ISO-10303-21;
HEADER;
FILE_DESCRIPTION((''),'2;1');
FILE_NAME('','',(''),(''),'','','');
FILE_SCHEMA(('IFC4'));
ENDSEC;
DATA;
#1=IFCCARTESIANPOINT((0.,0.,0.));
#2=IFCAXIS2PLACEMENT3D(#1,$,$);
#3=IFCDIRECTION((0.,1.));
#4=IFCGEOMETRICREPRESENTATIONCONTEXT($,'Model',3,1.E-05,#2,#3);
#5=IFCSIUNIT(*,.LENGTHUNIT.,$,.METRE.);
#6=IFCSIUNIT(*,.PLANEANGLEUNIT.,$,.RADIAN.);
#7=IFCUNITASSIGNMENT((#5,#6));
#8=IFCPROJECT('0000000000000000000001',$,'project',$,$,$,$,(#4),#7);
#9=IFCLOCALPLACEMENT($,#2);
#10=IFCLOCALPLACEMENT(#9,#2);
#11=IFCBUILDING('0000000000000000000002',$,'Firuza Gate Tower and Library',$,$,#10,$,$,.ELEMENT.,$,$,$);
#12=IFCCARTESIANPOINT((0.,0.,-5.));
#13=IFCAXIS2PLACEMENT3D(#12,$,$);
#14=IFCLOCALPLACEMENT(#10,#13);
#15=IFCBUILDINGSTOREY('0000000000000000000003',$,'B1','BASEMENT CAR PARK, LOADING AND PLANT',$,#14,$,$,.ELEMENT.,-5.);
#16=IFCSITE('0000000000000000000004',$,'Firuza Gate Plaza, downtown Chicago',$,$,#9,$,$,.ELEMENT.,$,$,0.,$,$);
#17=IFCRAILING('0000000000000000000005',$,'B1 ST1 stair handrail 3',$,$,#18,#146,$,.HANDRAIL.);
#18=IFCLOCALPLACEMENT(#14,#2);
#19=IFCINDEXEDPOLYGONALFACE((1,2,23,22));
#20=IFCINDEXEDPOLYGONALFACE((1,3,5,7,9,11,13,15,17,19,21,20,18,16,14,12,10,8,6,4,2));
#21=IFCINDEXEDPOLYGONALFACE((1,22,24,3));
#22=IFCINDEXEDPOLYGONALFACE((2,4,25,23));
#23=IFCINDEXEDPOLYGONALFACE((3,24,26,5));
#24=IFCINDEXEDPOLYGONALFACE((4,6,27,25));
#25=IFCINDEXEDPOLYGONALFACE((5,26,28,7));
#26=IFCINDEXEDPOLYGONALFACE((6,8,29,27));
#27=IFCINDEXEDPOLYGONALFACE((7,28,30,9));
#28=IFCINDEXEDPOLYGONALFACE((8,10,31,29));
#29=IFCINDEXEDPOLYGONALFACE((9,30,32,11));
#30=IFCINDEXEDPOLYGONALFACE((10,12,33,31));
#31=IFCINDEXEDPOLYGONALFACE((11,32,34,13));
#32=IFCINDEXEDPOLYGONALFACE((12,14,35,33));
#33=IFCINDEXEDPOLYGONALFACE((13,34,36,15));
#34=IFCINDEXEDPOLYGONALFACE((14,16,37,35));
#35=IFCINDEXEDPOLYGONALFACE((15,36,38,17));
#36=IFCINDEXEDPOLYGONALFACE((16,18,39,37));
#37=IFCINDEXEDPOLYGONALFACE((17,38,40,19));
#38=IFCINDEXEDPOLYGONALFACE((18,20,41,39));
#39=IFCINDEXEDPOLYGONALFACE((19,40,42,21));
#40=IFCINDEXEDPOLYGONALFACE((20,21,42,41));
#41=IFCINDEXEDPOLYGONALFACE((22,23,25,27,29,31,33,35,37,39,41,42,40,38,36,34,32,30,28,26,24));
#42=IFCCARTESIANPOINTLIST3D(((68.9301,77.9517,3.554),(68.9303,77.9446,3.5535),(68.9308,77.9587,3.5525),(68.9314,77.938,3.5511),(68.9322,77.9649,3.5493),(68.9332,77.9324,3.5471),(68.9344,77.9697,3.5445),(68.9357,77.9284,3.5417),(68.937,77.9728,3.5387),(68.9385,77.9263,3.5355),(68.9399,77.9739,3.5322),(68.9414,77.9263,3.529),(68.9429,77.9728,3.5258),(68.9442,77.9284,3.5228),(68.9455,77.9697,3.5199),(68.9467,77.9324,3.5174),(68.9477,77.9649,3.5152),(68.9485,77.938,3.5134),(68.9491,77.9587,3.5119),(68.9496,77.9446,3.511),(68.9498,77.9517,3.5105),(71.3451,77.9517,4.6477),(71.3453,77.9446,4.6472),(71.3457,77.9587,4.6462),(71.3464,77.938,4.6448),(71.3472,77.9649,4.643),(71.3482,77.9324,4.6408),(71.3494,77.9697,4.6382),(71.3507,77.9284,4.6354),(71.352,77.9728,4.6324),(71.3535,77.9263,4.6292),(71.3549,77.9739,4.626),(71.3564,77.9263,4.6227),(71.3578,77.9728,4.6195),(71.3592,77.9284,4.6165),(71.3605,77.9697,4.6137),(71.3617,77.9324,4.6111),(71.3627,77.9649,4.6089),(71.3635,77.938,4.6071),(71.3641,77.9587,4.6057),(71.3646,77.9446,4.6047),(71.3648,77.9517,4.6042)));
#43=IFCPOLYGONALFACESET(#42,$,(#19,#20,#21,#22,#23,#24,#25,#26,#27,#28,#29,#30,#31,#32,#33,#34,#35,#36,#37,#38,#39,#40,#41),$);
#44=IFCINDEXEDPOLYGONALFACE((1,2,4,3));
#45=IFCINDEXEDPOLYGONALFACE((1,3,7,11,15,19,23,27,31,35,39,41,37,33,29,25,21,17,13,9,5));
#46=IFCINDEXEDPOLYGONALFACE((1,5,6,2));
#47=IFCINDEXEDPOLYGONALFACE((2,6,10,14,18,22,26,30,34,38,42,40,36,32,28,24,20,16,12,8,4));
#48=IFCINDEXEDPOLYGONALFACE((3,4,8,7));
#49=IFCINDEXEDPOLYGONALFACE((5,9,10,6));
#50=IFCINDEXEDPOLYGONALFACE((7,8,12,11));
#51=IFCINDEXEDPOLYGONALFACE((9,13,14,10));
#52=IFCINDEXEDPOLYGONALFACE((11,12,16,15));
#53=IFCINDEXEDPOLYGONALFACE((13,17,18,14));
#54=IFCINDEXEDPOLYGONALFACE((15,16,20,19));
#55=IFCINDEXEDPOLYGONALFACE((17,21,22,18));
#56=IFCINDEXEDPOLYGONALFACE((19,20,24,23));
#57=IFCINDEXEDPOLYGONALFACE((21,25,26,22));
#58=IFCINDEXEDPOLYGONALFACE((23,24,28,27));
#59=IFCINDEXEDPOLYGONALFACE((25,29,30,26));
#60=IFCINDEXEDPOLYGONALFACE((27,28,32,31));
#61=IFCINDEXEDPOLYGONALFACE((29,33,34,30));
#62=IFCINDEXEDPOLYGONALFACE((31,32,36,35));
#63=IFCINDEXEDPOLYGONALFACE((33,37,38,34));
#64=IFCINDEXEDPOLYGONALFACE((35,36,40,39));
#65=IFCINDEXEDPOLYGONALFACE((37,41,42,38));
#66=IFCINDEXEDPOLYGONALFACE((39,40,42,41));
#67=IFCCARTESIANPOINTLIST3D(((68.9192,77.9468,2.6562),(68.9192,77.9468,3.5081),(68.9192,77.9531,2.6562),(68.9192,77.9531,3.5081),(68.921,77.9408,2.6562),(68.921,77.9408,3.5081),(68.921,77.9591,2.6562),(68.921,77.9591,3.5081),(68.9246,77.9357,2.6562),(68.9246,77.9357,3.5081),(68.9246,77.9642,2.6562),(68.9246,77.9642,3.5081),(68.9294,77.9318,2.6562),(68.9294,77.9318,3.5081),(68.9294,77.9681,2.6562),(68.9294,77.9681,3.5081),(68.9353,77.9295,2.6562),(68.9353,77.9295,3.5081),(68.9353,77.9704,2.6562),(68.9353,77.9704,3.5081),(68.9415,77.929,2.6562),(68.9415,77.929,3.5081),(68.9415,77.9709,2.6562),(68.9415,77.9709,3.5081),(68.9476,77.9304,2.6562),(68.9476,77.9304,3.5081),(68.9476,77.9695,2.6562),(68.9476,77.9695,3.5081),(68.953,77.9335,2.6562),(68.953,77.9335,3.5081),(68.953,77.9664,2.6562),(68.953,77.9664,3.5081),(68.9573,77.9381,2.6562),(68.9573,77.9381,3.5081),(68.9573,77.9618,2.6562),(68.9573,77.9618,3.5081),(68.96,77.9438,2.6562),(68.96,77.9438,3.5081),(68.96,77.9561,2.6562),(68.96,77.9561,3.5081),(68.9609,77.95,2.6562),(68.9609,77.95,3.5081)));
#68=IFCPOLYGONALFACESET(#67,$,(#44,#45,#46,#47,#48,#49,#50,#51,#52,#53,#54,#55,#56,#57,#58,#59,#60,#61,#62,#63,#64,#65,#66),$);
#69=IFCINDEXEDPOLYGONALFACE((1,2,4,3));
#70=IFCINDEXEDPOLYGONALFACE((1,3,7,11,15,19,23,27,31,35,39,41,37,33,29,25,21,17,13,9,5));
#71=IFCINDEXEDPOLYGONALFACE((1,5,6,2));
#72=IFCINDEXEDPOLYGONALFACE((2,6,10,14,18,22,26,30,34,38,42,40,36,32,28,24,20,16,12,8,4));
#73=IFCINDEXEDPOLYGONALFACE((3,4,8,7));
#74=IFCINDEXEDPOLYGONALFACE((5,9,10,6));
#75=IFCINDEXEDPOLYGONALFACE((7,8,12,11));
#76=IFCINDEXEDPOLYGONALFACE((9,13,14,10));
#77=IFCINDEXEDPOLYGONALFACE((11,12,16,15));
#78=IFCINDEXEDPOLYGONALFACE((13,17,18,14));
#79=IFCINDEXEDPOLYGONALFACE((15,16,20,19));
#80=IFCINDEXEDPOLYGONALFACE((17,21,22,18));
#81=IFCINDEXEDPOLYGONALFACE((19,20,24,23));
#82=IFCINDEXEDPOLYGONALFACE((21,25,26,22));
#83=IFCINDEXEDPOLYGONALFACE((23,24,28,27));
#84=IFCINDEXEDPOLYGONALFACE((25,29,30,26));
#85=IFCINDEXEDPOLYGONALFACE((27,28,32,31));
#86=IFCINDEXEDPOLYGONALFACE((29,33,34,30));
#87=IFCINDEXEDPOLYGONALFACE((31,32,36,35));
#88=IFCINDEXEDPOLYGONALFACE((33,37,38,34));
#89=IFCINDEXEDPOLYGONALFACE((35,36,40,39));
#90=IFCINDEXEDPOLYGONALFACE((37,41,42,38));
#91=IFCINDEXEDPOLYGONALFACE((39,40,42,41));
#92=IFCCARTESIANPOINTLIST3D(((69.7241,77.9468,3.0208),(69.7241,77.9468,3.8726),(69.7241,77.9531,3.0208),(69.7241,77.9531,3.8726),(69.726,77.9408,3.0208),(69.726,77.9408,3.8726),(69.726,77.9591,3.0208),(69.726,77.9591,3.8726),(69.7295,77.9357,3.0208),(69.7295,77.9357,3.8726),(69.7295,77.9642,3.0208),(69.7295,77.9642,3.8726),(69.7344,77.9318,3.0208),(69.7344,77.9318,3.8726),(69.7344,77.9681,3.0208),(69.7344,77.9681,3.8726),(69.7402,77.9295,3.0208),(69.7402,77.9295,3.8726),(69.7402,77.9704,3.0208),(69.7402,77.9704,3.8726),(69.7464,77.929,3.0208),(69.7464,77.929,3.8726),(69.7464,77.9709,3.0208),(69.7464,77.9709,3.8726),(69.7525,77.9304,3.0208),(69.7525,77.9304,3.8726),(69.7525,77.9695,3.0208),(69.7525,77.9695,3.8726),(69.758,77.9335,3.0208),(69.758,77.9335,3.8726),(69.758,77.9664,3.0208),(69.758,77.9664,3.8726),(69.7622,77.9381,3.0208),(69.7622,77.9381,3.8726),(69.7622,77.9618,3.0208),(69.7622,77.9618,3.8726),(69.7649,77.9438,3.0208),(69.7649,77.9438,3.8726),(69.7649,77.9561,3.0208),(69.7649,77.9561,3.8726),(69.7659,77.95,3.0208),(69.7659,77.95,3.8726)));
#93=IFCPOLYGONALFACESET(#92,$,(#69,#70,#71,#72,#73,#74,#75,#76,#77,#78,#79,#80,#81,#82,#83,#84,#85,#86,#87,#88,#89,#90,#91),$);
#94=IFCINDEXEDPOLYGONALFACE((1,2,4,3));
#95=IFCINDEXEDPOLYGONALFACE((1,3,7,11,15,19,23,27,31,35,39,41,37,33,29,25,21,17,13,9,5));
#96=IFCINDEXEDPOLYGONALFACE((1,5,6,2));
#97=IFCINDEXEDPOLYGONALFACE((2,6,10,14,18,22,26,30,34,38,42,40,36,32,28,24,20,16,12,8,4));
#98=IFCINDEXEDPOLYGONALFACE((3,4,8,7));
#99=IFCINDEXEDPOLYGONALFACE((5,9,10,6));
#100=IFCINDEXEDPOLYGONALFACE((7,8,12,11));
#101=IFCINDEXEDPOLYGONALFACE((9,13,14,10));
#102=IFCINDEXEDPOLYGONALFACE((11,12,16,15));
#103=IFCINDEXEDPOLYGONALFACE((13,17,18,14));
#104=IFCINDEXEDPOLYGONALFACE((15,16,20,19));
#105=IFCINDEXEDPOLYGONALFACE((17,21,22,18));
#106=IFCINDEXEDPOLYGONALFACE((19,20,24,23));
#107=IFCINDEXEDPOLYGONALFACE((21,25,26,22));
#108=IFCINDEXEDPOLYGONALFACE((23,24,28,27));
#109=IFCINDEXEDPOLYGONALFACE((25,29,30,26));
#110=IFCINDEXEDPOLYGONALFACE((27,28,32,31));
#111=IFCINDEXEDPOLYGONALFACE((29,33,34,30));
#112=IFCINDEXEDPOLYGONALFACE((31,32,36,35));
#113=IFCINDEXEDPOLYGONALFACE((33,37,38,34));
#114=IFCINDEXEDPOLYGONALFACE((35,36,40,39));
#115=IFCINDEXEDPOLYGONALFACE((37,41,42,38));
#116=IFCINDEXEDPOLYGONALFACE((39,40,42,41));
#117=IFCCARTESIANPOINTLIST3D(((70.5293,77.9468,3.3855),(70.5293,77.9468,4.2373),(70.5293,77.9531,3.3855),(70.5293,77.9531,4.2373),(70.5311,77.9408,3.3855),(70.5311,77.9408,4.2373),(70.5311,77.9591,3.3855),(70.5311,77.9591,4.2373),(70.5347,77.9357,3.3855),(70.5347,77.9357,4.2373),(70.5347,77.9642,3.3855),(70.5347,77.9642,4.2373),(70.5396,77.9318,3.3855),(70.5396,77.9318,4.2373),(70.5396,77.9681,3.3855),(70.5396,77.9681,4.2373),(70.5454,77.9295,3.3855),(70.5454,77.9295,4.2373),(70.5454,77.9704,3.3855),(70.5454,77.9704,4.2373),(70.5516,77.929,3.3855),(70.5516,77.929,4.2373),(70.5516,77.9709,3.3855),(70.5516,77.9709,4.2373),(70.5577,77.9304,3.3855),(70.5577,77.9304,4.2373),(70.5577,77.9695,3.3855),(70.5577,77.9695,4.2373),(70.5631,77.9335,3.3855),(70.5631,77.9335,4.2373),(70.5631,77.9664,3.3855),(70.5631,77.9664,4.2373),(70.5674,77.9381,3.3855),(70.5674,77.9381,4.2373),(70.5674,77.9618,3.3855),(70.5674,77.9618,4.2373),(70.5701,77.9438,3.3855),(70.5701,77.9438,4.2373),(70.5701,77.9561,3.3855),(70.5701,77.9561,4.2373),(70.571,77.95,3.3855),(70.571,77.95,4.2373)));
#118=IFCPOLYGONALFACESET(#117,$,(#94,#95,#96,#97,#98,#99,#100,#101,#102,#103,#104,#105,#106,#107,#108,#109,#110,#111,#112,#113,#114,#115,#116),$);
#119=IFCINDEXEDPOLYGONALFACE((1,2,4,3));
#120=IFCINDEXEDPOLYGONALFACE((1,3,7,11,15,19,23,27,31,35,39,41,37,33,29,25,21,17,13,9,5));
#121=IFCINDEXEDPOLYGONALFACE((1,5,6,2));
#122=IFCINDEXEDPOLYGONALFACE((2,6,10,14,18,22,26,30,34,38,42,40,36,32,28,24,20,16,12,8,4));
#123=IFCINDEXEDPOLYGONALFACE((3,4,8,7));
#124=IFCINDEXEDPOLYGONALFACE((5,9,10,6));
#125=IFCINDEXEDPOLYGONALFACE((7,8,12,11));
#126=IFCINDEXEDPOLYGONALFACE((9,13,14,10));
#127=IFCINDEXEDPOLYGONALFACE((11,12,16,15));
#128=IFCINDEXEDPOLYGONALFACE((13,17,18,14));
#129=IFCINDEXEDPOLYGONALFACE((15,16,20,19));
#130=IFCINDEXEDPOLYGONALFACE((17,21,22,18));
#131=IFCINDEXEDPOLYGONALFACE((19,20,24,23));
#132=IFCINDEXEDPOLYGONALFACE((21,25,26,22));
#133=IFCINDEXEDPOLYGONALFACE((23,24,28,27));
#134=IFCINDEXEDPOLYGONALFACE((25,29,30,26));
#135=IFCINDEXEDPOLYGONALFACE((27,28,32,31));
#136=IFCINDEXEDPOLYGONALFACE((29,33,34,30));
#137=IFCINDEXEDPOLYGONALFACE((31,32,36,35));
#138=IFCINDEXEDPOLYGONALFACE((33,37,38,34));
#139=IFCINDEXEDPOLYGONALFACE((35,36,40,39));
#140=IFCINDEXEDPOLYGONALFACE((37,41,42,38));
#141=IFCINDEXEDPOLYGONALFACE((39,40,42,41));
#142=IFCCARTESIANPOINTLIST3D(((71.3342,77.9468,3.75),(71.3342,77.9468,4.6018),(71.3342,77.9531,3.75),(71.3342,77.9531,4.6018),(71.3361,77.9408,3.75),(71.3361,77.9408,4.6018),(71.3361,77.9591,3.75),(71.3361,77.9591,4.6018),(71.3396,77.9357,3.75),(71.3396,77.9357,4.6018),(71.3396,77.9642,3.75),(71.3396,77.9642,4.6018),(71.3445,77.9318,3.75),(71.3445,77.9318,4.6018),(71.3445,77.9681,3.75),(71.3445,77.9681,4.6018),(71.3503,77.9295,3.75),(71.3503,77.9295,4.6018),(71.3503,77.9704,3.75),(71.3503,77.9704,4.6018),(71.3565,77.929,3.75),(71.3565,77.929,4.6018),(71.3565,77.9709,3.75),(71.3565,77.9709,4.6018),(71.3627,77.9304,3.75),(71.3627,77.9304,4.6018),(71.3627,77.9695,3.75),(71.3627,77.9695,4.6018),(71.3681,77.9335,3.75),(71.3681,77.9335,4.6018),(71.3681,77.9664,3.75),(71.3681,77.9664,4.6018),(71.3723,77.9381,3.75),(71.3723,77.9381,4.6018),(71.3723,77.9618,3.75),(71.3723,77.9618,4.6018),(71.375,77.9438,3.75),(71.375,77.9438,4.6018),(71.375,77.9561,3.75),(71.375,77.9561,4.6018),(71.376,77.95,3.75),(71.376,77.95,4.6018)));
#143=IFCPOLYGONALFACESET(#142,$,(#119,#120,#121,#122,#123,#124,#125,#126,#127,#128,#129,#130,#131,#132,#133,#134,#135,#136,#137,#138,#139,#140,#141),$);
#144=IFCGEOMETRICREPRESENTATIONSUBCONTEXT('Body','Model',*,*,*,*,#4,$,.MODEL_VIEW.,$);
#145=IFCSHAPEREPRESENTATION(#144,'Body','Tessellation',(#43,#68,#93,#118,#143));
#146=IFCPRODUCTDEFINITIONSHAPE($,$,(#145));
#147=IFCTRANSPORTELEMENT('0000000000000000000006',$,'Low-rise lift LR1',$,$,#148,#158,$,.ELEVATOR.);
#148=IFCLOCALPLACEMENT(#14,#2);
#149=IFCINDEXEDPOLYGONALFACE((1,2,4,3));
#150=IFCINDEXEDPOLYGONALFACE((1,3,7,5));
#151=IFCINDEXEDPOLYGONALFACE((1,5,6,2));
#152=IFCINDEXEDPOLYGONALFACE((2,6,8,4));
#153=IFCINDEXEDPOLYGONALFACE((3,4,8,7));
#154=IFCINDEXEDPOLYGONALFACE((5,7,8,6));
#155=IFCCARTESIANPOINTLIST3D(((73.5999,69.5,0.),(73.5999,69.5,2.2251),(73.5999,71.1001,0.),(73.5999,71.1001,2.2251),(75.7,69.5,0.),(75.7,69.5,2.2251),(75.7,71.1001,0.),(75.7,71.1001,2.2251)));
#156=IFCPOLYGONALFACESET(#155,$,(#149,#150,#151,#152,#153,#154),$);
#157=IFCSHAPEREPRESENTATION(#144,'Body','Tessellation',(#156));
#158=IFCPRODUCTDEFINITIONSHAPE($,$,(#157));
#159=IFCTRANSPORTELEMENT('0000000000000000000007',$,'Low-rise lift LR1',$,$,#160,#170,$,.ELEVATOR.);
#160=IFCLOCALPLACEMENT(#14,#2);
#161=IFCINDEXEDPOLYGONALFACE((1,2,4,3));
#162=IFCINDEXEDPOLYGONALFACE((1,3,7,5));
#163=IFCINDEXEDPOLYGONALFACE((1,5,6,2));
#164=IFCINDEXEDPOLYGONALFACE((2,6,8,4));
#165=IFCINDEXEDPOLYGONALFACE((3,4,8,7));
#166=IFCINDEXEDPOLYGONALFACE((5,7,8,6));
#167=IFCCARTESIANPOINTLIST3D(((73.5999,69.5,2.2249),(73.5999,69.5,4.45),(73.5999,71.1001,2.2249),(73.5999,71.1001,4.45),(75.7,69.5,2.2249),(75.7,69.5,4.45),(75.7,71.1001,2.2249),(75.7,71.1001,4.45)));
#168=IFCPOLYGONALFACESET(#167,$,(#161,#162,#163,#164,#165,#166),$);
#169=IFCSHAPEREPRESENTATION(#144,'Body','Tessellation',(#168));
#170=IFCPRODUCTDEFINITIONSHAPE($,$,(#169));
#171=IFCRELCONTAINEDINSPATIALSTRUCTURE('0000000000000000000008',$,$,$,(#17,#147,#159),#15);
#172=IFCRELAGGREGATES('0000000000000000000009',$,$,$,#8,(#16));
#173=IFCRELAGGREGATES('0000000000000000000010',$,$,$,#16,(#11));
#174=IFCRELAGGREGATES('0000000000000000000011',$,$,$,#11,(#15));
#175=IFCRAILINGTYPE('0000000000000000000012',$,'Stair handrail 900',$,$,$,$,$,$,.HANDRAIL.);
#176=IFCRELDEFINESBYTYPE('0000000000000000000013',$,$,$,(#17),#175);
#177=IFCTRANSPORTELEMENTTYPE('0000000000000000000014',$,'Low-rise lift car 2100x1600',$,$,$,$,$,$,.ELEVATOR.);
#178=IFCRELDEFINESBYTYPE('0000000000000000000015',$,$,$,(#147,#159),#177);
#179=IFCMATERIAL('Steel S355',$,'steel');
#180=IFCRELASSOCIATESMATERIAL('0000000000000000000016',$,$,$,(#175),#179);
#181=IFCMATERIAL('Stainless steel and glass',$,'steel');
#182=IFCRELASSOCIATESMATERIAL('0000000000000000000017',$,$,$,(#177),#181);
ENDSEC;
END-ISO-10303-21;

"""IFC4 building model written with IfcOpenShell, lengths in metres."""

from ifc_helpers import new_model, si_unit, direction, frame, origin, origin_2d, place, context, subcontext, project, spatial, rectangle, circle, extrude, material, type_object, element, save


model = new_model("IFC4")

# Units and contexts
model_context = context("Model", 3, precision=1e-05, world=origin(), true_north=direction((0.0, 1.0)))
body_context = subcontext(model_context, "Body", "Model", "MODEL_VIEW")
ifc_project = project(units=[si_unit("LENGTHUNIT", "METRE"), si_unit("PLANEANGLEUNIT", "RADIAN")], contexts=[model_context])

# Site, building, storey
site_placement = place(None, origin())
site = spatial("IfcSite", under=ifc_project, at=site_placement, Name="Firuza Gate Plaza, downtown Chicago", CompositionType="ELEMENT", RefElevation=0.0)
building_placement = place(site_placement, origin())
building = spatial("IfcBuilding", under=site, at=building_placement, Name="Firuza Gate Tower and Library", CompositionType="ELEMENT")
storey_placement = place(building_placement, frame((0.0, 0.0, -5.0)))
storey = spatial("IfcBuildingStorey", under=building, at=storey_placement, Name="B1", Description="BASEMENT CAR PARK, LOADING AND PLANT", CompositionType="ELEMENT", Elevation=-5.0)

# Railing
ifc_material_1 = material(Name="Steel S355", Category="steel")
railing_type_1 = type_object("IfcRailingType", Name="Stair handrail 900", PredefinedType="HANDRAIL", material=ifc_material_1)
for number, where, name in (
    (1, (68.9399, 77.95, 2.6562), "B1 ST1 stair handrail 3"),
):
    element("IfcRailing", number, at=place(storey_placement, frame(where)), inside=storey, type_object=railing_type_1, Name=name, PredefinedType="HANDRAIL", context=body_context, shape_type="SweptSolid", body=[
        extrude(circle(Radius=0.0239, at=origin_2d()), frame((0.0, 0.0, 0.876), z_axis=(0.910933, 0.0, 0.412554), x_axis=(0.0, 1.0, 0.0)), (0.0, 0.0, 1.0), 2.6511),
        extrude(circle(Radius=0.021, at=origin_2d()), origin(), (0.0, 0.0, 1.0), 0.8518),
        extrude(circle(Radius=0.021, at=origin_2d()), frame((0.8049, 0.0, 0.3645)), (0.0, 0.0, 1.0), 0.8518),
        extrude(circle(Radius=0.021, at=origin_2d()), frame((1.6101, 0.0, 0.7292)), (0.0, 0.0, 1.0), 0.8518),
        extrude(circle(Radius=0.021, at=origin_2d()), frame((2.415, 0.0, 1.0938)), (0.0, 0.0, 1.0), 0.8518),
    ])

# Transport elements
ifc_material_2 = material(Name="Stainless steel and glass", Category="steel")
transport_element_type = type_object("IfcTransportElementType", Name="Low-rise lift car 2100x1600", PredefinedType="ELEVATOR", material=ifc_material_2)
for number, where, z_axis, x_axis, name in (
    (2, (74.6499, 70.3, 0.0), (0.0, 0.0, 1.0), (1.0, 0.0, 0.0), "Low-rise lift LR1"),
    (3, (74.6499, 70.3, 2.2249), (0.0, 0.0, 1.0), (1.0, 0.0, 0.0), "Low-rise lift LR1"),
):
    element("IfcTransportElement", number, at=place(storey_placement, frame(where, z_axis=z_axis, x_axis=x_axis)), inside=storey, type_object=transport_element_type, Name=name, PredefinedType="ELEVATOR", context=body_context, shape_type="SweptSolid", body=[
        extrude(rectangle(XDim=2.1001, YDim=1.6001, at=origin_2d()), origin(), (0.0, 0.0, 1.0), 2.2251),
    ])

save(model, "model.ifc")
